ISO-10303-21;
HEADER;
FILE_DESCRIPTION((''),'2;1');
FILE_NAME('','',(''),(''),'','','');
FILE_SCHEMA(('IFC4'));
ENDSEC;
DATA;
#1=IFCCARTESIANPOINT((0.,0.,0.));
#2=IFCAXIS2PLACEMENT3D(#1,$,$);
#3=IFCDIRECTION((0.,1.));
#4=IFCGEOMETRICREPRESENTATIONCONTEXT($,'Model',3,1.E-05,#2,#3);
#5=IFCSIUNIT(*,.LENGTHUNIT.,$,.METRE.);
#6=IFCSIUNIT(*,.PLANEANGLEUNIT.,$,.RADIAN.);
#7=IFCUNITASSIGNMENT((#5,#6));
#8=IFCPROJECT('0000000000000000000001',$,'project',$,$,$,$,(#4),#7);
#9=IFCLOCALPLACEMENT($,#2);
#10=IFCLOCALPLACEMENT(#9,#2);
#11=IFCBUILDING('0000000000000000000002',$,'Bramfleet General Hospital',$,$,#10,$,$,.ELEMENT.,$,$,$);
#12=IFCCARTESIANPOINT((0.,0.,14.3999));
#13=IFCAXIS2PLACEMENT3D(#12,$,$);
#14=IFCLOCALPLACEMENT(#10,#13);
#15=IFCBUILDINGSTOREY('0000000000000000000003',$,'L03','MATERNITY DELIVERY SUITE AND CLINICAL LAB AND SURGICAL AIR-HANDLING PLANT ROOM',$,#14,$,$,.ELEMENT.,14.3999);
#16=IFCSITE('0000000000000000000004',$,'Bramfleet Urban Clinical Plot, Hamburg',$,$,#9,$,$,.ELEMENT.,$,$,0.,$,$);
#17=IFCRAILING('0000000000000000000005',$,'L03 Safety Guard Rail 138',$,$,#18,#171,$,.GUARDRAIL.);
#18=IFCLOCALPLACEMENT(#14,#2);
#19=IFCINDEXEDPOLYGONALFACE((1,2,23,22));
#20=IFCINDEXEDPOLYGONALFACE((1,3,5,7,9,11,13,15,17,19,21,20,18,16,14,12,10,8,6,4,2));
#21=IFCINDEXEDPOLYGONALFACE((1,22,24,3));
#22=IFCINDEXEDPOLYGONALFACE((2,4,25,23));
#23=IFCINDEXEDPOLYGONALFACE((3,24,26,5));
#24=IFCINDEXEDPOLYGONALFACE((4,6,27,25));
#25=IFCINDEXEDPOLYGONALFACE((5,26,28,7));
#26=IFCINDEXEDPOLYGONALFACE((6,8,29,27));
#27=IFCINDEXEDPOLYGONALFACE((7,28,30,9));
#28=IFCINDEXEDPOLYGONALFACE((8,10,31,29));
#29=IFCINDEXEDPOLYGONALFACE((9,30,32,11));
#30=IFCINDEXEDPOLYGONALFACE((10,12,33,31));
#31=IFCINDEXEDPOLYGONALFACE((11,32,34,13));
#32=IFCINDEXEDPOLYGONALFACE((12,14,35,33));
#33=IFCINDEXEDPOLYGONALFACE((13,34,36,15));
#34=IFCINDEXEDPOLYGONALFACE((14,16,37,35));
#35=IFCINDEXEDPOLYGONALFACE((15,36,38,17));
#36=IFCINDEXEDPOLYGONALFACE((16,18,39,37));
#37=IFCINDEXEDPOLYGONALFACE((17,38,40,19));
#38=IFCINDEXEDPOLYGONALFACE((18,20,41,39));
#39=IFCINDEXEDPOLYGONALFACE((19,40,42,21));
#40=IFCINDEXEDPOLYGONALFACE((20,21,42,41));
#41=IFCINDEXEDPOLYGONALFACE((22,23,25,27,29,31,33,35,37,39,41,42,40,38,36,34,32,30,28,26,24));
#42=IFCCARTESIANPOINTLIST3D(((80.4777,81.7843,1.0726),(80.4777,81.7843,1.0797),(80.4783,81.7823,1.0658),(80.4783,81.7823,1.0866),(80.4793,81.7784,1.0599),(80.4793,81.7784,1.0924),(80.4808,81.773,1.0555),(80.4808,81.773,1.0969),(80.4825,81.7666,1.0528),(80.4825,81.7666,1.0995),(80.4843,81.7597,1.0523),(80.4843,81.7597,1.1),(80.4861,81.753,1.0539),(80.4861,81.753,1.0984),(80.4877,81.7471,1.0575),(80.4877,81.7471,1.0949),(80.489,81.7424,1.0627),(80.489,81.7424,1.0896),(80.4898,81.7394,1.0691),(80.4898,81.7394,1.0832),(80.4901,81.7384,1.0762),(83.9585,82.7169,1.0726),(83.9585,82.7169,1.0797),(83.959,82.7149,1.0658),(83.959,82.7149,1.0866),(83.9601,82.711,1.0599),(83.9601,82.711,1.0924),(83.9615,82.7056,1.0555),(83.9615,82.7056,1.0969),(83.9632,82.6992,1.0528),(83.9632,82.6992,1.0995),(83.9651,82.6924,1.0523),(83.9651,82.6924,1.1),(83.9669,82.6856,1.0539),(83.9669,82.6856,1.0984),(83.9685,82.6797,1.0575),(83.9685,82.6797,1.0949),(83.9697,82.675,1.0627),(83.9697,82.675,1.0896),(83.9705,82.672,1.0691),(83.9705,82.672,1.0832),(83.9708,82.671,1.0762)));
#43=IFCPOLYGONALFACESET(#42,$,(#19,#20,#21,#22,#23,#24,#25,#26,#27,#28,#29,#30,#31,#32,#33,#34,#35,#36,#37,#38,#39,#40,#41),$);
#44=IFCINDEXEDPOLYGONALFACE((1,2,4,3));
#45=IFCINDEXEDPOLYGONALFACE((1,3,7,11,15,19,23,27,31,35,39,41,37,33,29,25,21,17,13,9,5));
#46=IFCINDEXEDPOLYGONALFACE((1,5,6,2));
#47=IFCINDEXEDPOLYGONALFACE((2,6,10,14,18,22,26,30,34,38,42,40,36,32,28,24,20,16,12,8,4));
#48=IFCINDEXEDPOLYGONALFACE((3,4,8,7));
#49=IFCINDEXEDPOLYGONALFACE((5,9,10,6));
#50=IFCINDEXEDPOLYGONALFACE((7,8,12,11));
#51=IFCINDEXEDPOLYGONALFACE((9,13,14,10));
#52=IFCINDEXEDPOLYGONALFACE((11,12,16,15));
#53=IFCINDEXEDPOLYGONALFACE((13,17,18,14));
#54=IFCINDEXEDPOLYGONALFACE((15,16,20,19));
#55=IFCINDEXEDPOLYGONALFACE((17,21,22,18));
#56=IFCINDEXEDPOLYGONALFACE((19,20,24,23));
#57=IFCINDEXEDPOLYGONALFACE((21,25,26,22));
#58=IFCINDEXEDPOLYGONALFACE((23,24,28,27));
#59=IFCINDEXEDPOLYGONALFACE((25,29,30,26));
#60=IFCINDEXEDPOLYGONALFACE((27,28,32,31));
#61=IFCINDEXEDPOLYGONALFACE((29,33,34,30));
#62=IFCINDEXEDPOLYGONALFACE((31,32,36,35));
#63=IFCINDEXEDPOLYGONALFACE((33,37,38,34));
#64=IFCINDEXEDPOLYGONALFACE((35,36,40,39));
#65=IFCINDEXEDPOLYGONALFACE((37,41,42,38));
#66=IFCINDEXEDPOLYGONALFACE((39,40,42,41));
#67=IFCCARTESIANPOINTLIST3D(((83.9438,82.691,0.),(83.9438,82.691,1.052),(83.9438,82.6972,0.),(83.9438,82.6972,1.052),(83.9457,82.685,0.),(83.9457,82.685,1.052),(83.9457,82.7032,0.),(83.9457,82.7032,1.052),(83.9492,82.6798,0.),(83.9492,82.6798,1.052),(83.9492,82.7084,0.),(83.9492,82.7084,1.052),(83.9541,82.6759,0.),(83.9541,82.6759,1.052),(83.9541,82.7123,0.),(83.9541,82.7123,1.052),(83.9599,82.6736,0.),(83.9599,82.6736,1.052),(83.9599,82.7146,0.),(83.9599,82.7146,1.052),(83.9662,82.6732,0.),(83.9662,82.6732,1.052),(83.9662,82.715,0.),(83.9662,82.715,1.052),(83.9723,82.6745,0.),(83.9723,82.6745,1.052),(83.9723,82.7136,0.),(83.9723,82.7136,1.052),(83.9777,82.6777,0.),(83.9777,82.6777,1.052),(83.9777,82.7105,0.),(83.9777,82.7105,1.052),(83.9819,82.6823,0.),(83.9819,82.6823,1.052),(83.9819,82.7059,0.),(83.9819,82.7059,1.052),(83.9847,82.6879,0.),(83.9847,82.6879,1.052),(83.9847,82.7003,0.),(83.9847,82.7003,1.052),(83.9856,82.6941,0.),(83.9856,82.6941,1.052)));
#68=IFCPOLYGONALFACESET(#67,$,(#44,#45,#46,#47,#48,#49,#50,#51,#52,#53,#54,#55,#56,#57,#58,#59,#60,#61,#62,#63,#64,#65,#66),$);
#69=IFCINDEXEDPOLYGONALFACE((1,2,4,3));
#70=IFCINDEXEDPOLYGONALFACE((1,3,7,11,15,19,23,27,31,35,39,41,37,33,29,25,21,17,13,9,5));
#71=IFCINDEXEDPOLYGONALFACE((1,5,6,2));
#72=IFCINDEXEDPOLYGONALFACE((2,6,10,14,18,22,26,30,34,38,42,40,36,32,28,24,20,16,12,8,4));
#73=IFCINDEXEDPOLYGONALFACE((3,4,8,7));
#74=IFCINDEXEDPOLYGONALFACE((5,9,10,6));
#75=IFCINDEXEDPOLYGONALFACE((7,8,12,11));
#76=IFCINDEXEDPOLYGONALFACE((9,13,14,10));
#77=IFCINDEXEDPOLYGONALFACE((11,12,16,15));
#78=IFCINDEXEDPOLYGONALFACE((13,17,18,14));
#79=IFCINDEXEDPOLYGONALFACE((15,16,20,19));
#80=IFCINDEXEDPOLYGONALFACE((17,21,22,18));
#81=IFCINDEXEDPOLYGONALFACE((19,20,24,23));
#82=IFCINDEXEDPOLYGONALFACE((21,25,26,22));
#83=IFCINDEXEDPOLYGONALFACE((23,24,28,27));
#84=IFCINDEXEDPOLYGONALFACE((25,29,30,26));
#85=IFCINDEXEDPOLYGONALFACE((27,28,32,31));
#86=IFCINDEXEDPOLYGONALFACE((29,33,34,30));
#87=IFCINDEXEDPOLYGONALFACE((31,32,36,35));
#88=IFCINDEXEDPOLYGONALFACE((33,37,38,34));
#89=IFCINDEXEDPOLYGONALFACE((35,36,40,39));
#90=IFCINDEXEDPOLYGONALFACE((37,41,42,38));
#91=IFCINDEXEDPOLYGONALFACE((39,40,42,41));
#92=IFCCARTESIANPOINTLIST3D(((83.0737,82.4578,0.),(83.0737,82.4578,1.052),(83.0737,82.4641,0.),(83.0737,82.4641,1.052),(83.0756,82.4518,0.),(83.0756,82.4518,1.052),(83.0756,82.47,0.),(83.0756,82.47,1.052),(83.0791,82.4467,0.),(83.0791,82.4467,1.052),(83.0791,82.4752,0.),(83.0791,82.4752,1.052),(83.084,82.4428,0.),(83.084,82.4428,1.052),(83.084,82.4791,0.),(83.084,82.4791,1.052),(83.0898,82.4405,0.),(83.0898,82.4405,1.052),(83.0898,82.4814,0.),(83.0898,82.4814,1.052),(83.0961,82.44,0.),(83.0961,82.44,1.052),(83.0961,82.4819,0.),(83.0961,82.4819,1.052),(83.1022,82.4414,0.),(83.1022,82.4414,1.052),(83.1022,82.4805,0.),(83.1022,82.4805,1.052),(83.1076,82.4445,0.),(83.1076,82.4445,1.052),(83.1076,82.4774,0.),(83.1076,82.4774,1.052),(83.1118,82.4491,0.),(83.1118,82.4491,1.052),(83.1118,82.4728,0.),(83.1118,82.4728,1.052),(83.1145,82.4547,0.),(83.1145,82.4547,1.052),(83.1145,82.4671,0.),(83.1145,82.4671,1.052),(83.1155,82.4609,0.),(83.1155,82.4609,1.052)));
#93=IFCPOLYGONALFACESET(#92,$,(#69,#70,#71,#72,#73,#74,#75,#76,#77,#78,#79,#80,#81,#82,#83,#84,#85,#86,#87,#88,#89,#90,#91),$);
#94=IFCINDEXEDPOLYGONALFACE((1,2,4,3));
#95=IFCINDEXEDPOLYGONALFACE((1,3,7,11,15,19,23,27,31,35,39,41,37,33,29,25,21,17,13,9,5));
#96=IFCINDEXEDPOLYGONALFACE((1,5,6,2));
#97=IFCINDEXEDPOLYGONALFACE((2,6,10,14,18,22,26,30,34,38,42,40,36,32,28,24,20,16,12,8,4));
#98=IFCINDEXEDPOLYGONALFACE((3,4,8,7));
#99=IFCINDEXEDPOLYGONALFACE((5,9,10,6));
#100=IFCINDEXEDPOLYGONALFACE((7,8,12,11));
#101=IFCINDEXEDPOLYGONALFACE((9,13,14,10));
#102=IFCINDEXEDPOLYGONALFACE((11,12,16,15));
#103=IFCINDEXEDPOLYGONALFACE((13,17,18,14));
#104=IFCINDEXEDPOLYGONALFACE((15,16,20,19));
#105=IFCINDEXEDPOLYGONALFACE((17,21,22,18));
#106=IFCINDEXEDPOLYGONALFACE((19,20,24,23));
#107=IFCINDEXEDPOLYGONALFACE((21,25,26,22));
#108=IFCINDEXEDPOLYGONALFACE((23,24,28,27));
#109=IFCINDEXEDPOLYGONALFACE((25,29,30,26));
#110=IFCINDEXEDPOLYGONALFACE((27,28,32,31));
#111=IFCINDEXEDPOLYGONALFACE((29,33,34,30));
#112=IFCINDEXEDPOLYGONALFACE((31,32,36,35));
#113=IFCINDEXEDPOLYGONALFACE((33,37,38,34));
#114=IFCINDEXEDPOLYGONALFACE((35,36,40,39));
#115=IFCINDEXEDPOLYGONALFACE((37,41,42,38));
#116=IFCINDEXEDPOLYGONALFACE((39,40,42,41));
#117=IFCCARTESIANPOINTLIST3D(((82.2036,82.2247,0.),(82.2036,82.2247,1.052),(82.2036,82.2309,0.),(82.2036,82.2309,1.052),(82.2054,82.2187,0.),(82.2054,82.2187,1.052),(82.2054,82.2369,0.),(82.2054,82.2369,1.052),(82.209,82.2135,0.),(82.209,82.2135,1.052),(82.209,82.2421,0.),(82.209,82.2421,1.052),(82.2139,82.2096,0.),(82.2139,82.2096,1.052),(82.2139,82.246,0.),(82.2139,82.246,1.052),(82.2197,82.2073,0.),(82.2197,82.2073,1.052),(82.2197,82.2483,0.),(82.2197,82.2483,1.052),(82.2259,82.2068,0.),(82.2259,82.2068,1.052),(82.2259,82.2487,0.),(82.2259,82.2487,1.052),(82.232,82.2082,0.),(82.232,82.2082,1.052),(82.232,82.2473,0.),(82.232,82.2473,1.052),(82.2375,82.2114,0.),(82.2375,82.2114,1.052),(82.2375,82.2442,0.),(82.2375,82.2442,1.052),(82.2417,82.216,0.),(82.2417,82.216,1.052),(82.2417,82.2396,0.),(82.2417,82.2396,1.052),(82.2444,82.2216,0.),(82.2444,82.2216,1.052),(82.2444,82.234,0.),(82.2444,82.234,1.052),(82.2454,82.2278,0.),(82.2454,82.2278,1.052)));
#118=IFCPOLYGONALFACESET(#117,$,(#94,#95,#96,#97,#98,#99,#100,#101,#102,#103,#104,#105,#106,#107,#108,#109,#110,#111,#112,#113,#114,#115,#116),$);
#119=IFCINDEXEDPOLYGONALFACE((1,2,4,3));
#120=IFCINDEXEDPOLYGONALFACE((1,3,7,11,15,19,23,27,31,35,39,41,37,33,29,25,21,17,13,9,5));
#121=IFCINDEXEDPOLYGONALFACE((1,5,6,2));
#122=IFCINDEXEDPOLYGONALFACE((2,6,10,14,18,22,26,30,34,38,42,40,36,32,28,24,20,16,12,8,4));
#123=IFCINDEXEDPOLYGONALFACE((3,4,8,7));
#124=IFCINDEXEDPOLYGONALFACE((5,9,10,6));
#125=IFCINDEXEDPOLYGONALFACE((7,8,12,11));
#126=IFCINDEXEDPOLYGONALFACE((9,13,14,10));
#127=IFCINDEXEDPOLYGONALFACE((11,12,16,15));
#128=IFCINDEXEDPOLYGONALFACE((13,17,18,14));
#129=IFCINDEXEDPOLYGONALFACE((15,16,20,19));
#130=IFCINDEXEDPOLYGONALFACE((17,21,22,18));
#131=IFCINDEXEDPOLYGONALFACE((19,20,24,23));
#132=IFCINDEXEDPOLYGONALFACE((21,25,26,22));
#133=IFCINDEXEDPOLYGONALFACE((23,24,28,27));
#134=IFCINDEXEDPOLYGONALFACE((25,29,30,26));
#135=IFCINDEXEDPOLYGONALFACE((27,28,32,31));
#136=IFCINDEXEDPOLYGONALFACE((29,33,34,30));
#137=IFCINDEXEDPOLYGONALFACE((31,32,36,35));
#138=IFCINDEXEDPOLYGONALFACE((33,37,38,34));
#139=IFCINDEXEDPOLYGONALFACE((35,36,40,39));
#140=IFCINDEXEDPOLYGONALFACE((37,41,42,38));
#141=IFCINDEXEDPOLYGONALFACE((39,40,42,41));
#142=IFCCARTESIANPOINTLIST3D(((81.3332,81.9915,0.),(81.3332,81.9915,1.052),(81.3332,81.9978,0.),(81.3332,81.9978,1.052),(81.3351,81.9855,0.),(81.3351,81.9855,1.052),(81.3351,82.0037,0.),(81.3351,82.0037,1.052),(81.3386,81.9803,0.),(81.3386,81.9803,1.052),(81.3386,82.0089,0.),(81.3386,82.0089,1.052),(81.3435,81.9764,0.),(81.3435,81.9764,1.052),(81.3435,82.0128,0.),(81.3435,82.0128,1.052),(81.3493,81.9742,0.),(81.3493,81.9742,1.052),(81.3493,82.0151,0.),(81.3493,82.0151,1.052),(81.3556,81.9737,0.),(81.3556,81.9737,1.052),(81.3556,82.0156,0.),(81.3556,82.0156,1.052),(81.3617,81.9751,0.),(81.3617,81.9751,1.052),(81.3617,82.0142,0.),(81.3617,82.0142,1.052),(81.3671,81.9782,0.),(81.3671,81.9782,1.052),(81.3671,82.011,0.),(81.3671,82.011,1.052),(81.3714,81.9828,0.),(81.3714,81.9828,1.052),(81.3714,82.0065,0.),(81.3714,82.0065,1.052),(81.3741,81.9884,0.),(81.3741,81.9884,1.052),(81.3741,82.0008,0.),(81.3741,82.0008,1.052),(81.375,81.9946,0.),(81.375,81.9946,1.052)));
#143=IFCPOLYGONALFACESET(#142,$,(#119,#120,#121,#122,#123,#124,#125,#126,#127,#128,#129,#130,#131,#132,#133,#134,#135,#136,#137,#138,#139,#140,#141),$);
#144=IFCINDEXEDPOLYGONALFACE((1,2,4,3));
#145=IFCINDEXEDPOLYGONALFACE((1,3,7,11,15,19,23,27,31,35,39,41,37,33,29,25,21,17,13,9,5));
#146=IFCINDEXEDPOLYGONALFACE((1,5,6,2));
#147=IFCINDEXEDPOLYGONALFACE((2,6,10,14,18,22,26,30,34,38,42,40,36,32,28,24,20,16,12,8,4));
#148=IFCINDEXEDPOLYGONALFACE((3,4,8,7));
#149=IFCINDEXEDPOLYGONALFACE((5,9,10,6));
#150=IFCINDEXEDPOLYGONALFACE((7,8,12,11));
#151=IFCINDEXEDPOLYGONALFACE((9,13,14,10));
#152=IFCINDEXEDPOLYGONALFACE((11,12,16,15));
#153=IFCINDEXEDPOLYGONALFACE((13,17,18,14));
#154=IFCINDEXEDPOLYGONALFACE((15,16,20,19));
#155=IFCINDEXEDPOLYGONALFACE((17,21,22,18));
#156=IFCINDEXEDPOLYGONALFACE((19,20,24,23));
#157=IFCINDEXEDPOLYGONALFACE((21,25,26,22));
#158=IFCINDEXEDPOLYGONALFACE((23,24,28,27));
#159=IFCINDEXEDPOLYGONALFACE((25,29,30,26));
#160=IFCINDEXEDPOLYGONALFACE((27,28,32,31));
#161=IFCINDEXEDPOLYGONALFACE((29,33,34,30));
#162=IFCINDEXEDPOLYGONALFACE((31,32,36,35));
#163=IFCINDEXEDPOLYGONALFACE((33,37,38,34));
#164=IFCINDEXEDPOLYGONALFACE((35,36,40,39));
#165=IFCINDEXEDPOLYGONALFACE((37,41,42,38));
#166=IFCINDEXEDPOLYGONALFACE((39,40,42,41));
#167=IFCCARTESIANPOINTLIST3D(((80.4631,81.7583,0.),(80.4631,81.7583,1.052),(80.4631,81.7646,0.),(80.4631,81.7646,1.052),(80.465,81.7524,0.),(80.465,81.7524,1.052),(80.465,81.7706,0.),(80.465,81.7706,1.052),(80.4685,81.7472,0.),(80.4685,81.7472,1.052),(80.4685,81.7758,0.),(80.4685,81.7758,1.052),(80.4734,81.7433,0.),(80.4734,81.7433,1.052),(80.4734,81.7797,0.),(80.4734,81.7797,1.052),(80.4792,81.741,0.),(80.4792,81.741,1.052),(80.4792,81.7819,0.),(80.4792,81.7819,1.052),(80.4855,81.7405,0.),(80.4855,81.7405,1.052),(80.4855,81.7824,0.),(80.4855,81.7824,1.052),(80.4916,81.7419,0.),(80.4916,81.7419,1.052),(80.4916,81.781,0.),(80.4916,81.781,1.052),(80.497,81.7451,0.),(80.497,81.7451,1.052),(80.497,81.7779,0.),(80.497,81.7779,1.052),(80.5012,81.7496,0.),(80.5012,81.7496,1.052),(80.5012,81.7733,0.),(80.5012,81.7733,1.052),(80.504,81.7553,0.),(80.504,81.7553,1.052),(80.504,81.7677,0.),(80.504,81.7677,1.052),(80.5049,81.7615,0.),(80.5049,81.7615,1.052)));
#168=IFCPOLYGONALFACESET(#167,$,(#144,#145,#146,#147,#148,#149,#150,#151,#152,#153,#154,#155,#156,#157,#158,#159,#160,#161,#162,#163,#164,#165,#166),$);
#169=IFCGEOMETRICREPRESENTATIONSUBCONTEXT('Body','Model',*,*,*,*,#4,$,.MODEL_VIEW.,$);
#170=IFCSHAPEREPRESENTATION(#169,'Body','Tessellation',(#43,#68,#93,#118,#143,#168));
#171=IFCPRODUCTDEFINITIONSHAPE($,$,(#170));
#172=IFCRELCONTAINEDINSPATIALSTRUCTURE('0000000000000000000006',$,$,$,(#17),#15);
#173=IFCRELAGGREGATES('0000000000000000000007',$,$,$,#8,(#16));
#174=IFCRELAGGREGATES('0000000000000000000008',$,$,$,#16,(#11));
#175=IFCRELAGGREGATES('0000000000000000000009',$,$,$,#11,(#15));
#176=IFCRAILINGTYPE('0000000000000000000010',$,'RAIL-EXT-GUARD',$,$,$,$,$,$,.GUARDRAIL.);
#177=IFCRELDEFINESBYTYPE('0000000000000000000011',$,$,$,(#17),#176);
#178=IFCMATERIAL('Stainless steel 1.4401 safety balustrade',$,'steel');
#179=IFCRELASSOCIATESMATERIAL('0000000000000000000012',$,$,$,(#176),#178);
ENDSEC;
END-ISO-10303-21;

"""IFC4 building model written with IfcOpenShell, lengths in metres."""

from ifc_helpers import new_model, si_unit, direction, frame, origin, origin_2d, place, context, subcontext, project, spatial, circle, extrude, material, type_object, element, save


model = new_model("IFC4")

# Units and contexts
model_context = context("Model", 3, precision=1e-05, world=origin(), true_north=direction((0.0, 1.0)))
body_context = subcontext(model_context, "Body", "Model", "MODEL_VIEW")
ifc_project = project(units=[si_unit("LENGTHUNIT", "METRE"), si_unit("PLANEANGLEUNIT", "RADIAN")], contexts=[model_context])

# Site, building, storey
site_placement = place(None, origin())
site = spatial("IfcSite", under=ifc_project, at=site_placement, Name="Bramfleet Urban Clinical Plot, Hamburg", CompositionType="ELEMENT", RefElevation=0.0)
building_placement = place(site_placement, origin())
building = spatial("IfcBuilding", under=site, at=building_placement, Name="Bramfleet General Hospital", CompositionType="ELEMENT")
storey_placement = place(building_placement, frame((0.0, 0.0, 14.3999)))
storey = spatial("IfcBuildingStorey", under=building, at=storey_placement, Name="L03", Description="MATERNITY DELIVERY SUITE AND CLINICAL LAB AND SURGICAL AIR-HANDLING PLANT ROOM", CompositionType="ELEMENT", Elevation=14.3999)

# Railing
ifc_material_1 = material(Name="Stainless steel 1.4401 safety balustrade", Category="steel")
railing_type = type_object("IfcRailingType", Name="RAIL-EXT-GUARD", PredefinedType="GUARDRAIL", material=ifc_material_1)
railing_placement = place(storey_placement, frame((83.9646, 82.6941, 0.0)))
element("IfcRailing", 1, at=railing_placement, inside=storey, type_object=railing_type, Name="L03 Safety Guard Rail 138", PredefinedType="GUARDRAIL", context=body_context, shape_type="SweptSolid", body=[
    extrude(circle(Radius=0.0239, at=origin_2d()), frame((0.0, 0.0, 1.0762), z_axis=(-0.965928, -0.258809, 0.0), x_axis=(0.258809, -0.965928, 0.0)), (0.0, 0.0, 1.0), 3.6035),
    extrude(circle(Radius=0.021, at=origin_2d()), origin(), (0.0, 0.0, 1.0), 1.052),
    extrude(circle(Radius=0.021, at=origin_2d()), frame((-0.8701, -0.2332, 0.0)), (0.0, 0.0, 1.0), 1.052),
    extrude(circle(Radius=0.021, at=origin_2d()), frame((-1.7402, -0.4663, 0.0)), (0.0, 0.0, 1.0), 1.052),
    extrude(circle(Radius=0.021, at=origin_2d()), frame((-2.6106, -0.6995, 0.0)), (0.0, 0.0, 1.0), 1.052),
    extrude(circle(Radius=0.021, at=origin_2d()), frame((-3.4807, -0.9326, 0.0)), (0.0, 0.0, 1.0), 1.052),
])

save(model, "model.ifc")
